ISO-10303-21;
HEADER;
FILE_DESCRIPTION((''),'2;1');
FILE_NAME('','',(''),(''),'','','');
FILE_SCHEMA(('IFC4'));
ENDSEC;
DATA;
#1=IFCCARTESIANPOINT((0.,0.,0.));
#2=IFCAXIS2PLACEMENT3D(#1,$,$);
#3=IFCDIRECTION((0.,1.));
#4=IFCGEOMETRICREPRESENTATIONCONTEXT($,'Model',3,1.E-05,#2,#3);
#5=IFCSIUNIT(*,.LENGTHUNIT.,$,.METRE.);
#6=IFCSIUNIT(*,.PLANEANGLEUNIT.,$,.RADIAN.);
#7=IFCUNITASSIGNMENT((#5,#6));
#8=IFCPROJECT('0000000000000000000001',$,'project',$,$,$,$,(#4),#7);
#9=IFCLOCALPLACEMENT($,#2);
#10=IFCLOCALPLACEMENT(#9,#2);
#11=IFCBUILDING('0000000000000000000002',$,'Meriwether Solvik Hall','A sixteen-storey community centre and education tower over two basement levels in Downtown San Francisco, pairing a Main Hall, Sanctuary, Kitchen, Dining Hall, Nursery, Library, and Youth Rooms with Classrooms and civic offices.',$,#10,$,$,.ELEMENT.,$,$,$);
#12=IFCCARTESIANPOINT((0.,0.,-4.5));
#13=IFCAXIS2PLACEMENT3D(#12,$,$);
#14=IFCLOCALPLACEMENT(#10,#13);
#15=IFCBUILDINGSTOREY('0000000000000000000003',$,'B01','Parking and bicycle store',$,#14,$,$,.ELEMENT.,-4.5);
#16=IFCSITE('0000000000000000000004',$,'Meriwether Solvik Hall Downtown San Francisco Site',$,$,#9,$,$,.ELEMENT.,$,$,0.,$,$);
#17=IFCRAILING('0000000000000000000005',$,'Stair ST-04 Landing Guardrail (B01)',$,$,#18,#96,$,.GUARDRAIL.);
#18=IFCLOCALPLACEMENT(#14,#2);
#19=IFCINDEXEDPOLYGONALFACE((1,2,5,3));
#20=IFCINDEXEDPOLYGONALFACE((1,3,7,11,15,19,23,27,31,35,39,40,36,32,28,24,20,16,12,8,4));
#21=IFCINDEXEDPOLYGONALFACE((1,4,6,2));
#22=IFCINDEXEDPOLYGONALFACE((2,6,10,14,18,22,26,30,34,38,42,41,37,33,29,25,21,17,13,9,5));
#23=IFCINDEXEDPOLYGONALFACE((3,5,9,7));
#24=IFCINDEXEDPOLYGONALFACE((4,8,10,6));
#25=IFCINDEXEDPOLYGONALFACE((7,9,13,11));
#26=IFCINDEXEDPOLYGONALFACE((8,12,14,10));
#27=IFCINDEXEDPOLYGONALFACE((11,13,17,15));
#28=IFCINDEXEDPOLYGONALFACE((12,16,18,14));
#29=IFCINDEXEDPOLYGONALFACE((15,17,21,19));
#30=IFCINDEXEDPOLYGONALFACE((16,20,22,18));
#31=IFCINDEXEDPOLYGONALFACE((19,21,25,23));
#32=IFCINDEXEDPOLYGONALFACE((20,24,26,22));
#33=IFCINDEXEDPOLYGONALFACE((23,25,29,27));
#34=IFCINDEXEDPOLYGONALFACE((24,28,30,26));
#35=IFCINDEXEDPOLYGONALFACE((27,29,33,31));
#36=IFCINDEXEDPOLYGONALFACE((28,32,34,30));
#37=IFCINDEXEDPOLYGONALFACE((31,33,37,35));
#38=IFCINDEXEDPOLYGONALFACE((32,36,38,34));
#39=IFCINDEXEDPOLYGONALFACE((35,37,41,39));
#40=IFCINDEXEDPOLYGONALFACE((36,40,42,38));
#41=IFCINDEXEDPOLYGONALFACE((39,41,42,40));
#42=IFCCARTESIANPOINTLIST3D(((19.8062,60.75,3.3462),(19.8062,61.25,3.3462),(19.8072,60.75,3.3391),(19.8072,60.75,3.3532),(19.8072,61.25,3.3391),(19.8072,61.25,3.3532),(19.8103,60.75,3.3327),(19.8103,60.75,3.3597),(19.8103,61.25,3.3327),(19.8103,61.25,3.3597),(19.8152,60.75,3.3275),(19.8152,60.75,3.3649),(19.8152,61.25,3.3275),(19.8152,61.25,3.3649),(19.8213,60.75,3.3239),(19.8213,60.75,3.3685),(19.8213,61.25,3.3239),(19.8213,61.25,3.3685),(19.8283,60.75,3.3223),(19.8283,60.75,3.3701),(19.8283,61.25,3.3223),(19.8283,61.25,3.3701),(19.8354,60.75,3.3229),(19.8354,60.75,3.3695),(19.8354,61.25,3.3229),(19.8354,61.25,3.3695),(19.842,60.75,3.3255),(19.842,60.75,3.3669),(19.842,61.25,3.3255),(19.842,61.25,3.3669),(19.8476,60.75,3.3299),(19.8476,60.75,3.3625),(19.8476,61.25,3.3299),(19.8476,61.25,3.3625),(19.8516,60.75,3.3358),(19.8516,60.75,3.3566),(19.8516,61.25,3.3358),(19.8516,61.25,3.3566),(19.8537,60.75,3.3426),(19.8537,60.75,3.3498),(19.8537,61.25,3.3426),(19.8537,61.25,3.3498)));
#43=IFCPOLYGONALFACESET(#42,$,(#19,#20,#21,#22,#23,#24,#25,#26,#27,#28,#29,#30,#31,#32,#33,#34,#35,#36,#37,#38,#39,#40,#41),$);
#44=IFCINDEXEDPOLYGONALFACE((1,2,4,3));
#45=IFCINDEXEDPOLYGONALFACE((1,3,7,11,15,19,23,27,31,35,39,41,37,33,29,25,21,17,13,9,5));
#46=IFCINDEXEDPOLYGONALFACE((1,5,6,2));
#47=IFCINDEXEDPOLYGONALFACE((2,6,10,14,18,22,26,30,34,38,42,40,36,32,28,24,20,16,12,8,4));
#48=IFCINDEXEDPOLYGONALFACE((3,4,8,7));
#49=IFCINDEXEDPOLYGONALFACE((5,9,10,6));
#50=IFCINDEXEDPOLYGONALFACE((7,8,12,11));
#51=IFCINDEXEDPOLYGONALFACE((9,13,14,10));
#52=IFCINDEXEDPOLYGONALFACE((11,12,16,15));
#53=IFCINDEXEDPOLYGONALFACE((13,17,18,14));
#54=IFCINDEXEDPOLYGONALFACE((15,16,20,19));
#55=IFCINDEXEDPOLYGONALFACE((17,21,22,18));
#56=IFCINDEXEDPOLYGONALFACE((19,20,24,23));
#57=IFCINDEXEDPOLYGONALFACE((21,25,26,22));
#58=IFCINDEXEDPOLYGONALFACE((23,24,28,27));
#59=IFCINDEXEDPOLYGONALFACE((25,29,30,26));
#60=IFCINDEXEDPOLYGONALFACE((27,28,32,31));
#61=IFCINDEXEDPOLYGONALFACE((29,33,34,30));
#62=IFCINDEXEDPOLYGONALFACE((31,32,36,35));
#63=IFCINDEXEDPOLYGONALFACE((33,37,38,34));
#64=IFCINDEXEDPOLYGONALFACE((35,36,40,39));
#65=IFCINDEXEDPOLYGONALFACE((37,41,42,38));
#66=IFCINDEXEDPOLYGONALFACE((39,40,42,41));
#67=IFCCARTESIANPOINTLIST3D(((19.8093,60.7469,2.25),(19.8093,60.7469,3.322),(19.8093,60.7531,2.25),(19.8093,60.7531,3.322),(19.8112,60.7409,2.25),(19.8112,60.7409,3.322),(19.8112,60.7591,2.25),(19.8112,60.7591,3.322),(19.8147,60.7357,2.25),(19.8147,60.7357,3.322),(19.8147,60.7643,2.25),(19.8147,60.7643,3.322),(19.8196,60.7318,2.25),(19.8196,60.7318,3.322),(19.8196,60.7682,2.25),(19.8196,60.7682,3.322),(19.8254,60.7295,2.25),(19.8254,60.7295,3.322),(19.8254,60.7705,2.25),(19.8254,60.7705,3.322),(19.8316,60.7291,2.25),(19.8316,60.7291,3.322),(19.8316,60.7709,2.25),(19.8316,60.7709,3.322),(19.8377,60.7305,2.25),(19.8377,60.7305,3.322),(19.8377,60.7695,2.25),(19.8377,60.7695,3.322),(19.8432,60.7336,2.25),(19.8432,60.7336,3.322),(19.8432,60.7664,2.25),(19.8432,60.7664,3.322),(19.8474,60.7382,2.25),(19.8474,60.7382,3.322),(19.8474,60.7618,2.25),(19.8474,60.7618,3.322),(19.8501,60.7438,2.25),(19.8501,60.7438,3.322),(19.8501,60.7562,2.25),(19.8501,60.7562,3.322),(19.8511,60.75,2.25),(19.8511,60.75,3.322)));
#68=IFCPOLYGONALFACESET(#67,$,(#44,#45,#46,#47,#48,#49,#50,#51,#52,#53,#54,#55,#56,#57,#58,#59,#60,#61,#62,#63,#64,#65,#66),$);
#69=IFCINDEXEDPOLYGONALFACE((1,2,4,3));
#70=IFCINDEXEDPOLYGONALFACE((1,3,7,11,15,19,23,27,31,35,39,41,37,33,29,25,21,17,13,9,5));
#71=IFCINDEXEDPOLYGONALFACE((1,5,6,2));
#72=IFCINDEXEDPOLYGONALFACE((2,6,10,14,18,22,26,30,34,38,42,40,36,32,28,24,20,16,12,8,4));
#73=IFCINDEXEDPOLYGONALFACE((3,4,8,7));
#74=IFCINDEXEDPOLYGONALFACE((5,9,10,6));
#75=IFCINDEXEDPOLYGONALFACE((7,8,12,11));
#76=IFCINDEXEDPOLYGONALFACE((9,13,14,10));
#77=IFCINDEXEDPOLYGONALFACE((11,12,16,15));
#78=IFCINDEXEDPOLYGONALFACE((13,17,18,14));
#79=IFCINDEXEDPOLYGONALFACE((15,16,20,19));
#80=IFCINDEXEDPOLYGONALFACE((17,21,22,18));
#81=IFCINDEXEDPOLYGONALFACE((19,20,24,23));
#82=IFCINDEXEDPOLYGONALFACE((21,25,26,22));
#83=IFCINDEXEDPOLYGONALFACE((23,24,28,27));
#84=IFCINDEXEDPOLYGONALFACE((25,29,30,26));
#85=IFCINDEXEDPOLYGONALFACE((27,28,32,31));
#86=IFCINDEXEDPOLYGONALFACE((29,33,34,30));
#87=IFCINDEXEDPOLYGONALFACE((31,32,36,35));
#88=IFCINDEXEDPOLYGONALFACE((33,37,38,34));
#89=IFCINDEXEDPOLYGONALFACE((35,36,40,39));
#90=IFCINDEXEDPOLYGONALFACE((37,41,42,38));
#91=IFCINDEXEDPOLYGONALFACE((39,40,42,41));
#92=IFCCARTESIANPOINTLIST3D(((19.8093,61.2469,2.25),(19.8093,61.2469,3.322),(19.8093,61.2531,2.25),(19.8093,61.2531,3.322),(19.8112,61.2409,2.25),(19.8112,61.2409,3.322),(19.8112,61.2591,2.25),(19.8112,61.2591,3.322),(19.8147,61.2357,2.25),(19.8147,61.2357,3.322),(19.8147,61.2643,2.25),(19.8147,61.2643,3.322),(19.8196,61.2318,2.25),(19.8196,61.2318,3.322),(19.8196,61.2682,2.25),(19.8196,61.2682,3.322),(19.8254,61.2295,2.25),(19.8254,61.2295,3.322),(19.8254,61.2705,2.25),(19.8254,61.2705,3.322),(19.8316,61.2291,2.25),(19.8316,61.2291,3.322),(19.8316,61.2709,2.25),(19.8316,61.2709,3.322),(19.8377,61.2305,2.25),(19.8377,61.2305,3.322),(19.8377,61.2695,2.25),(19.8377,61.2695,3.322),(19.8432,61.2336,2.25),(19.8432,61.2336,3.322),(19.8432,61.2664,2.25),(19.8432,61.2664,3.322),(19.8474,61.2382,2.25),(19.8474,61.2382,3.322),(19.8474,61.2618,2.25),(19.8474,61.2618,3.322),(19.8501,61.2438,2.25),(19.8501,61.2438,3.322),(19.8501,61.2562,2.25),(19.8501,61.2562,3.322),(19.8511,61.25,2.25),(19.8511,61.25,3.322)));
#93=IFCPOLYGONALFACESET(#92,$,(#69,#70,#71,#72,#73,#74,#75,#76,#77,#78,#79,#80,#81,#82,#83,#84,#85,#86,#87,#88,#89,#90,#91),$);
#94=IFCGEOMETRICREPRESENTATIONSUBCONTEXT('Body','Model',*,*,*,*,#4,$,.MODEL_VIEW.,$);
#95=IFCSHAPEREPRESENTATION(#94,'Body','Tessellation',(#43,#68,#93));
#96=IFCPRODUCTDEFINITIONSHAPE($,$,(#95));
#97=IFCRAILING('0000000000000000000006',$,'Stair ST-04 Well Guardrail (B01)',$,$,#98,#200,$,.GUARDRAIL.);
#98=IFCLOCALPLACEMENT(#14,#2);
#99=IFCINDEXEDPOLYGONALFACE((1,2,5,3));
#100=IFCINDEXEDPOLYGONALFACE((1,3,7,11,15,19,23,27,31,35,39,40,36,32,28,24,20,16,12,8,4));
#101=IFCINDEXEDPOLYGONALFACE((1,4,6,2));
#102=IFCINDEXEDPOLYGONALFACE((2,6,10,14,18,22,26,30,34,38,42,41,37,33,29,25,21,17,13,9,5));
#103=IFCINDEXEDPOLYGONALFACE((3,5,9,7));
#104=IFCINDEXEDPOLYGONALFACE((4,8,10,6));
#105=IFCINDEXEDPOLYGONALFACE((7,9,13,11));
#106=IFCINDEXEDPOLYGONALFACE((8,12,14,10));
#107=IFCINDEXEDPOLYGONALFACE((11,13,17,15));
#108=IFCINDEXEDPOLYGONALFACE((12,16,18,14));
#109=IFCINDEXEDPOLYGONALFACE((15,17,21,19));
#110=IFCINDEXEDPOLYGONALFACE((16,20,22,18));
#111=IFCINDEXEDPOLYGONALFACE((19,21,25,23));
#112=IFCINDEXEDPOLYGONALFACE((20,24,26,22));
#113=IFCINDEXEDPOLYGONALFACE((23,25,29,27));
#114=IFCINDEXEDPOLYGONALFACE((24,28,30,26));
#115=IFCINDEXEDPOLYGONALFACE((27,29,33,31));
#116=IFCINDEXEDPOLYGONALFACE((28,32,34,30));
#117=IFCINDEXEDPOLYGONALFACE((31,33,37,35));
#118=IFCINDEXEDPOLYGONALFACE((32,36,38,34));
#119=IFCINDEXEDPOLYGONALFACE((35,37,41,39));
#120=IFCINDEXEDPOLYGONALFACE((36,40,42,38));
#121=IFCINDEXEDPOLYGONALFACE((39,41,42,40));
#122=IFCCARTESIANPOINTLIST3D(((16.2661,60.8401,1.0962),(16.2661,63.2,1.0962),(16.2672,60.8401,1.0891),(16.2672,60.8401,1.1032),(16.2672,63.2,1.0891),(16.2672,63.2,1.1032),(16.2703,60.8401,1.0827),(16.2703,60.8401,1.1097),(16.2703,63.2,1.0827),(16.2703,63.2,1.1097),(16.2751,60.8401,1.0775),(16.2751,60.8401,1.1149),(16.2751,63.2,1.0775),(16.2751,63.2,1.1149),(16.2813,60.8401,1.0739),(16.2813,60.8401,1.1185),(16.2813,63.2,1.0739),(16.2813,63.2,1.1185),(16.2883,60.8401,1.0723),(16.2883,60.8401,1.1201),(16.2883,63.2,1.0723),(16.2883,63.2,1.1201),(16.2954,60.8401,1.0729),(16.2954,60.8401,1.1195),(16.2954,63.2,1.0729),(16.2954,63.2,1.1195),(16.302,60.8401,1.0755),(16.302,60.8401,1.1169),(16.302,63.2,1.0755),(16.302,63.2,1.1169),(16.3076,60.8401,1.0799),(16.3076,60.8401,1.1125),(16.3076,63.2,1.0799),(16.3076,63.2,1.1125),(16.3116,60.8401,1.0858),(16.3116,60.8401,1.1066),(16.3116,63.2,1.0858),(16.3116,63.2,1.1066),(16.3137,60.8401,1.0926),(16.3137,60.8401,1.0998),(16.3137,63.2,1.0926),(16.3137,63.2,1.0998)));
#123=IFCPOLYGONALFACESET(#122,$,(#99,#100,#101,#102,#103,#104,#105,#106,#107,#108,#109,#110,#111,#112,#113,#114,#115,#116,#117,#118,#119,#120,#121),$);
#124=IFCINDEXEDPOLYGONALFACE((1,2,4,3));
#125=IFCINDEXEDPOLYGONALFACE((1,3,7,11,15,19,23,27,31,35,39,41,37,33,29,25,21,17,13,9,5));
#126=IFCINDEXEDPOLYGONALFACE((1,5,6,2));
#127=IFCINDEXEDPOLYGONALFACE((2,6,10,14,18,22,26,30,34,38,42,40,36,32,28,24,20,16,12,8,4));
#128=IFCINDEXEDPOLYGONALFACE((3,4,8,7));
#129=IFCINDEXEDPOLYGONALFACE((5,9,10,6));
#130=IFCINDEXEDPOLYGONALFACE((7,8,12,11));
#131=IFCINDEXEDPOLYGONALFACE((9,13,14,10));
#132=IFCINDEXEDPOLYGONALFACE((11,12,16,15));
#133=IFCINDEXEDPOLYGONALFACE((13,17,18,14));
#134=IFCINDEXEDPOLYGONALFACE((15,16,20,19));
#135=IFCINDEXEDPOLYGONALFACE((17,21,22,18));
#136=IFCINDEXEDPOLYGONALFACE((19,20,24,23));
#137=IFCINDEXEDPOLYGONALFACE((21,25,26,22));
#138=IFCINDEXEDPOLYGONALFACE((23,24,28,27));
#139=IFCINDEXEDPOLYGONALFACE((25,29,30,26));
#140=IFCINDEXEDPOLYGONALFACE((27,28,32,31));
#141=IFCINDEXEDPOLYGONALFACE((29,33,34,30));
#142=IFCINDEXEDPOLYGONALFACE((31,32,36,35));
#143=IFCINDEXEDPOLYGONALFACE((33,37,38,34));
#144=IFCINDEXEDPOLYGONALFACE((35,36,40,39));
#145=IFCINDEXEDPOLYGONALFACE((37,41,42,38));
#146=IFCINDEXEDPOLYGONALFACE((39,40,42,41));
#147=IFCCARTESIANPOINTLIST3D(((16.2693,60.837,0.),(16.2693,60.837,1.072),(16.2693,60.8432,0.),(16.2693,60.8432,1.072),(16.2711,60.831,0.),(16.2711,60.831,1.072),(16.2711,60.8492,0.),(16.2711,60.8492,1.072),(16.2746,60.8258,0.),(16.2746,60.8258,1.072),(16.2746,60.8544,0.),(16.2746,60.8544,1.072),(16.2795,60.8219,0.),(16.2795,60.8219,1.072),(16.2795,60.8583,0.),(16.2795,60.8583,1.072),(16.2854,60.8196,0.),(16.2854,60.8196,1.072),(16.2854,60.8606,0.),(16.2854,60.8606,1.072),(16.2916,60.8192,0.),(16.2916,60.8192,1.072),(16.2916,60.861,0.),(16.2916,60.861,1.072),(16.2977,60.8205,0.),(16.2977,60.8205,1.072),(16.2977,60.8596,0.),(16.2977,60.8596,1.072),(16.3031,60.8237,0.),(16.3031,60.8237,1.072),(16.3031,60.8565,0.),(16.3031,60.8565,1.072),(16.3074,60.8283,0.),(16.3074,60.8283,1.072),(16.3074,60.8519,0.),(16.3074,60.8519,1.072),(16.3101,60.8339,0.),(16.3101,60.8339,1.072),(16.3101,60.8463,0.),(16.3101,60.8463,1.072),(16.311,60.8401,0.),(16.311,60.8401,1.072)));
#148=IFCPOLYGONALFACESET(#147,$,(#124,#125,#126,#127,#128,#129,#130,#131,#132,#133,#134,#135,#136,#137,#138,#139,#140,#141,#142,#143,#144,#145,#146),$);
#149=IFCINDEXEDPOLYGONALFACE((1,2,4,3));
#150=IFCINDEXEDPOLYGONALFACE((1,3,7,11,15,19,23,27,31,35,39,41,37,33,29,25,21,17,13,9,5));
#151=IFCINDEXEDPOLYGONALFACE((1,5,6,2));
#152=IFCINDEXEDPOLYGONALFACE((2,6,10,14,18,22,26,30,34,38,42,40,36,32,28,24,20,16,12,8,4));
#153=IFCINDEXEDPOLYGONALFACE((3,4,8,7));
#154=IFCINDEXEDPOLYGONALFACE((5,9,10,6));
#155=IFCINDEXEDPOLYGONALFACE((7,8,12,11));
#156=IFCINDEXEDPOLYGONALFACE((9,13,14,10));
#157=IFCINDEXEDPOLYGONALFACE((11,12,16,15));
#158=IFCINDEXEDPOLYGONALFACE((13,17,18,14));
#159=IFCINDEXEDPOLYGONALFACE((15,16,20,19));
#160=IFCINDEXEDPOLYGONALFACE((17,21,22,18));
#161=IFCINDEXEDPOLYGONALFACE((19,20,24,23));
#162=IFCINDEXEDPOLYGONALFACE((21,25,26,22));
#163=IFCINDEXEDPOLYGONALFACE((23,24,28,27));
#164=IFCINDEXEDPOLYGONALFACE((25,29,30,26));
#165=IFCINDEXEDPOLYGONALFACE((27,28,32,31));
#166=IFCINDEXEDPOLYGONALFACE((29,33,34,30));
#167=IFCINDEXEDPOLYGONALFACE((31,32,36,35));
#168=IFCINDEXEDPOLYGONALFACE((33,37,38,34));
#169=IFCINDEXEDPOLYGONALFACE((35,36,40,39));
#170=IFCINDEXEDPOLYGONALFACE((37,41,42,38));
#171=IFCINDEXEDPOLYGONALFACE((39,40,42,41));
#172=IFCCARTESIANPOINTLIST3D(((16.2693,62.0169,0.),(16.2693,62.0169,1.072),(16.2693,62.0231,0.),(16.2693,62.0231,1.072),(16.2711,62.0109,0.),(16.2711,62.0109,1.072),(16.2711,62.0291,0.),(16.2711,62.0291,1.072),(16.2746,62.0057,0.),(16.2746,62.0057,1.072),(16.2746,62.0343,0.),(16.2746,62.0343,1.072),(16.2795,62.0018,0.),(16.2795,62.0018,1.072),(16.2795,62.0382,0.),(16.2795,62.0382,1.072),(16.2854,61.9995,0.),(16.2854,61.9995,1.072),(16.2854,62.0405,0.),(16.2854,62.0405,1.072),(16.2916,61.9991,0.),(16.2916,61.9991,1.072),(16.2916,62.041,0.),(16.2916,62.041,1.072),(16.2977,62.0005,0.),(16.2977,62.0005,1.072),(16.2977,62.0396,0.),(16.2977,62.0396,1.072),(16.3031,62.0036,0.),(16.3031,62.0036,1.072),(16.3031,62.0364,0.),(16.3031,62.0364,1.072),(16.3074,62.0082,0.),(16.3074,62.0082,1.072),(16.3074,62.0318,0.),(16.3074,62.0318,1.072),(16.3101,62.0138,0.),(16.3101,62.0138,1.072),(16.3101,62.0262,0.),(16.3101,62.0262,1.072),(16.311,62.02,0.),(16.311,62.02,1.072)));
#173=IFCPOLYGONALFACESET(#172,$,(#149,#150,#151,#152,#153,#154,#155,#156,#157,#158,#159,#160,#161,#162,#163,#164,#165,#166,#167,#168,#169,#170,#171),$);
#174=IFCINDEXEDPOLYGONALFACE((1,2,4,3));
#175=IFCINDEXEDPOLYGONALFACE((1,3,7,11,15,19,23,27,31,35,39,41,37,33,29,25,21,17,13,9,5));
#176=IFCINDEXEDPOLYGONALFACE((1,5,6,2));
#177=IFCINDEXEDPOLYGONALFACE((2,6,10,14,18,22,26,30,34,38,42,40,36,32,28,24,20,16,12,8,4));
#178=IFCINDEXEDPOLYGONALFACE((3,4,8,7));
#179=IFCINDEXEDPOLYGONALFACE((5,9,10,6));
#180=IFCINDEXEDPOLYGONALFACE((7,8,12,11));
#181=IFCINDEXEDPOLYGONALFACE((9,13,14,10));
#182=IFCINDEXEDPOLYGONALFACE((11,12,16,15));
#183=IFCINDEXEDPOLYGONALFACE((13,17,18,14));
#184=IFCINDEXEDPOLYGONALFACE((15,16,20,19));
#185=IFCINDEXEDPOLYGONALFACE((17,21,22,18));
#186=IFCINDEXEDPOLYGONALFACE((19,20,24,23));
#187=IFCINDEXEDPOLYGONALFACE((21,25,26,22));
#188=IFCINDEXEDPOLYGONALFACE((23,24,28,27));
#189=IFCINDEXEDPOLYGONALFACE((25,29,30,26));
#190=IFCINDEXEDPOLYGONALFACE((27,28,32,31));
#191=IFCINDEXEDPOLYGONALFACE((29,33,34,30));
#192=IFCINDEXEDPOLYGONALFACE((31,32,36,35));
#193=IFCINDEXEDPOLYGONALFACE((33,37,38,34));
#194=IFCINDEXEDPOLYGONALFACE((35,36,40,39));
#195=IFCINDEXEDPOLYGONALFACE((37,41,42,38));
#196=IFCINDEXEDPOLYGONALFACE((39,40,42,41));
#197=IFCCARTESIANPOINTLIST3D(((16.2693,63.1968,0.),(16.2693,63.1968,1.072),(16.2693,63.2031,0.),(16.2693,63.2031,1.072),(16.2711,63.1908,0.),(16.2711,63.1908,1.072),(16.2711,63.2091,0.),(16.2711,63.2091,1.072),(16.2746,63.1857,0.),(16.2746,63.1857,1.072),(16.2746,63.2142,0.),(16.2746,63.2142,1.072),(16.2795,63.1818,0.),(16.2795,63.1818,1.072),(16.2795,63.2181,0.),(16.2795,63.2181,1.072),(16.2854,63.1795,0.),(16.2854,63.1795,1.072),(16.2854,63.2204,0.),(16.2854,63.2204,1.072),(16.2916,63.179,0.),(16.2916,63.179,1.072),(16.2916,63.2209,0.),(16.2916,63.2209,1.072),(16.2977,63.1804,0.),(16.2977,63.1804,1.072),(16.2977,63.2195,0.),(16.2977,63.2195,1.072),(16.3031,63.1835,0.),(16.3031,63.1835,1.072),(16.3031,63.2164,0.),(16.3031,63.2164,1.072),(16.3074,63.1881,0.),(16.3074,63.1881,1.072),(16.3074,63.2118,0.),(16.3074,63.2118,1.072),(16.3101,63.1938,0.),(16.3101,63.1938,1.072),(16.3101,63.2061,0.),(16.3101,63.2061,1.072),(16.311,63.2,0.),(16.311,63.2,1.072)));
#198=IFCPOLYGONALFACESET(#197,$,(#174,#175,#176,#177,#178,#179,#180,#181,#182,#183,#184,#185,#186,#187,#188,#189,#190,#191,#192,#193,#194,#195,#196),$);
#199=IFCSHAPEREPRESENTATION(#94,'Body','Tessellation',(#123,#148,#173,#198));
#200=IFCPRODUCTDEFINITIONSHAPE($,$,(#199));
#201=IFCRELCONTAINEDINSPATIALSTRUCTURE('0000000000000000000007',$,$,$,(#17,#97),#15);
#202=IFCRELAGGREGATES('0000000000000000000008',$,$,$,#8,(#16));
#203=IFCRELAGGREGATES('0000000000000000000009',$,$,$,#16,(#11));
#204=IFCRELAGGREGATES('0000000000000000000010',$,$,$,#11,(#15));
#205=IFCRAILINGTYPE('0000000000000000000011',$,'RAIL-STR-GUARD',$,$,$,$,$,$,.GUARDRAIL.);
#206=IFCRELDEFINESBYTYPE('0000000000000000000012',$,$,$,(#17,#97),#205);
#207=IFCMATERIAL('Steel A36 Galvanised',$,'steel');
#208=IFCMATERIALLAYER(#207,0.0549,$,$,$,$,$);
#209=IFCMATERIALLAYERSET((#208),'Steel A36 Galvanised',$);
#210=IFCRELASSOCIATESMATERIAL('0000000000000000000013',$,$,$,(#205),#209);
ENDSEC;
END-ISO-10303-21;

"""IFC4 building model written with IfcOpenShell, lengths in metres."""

from ifc_helpers import new_model, si_unit, direction, frame, origin, origin_2d, place, context, subcontext, project, spatial, circle, extrude, material, layer, layer_set, type_object, element, save


model = new_model("IFC4")

# Units and contexts
model_context = context("Model", 3, precision=1e-05, world=origin(), true_north=direction((0.0, 1.0)))
body_context = subcontext(model_context, "Body", "Model", "MODEL_VIEW")
ifc_project = project(units=[si_unit("LENGTHUNIT", "METRE"), si_unit("PLANEANGLEUNIT", "RADIAN")], contexts=[model_context])

# Site, building, storey
site_placement = place(None, origin())
site = spatial("IfcSite", under=ifc_project, at=site_placement, Name="Meriwether Solvik Hall Downtown San Francisco Site", CompositionType="ELEMENT", RefElevation=0.0)
building_placement = place(site_placement, origin())
building = spatial("IfcBuilding", under=site, at=building_placement, Name="Meriwether Solvik Hall", Description="A sixteen-storey community centre and education tower over two basement levels in Downtown San Francisco, pairing a Main Hall, Sanctuary, Kitchen, Dining Hall, Nursery, Library, and Youth Rooms with Classrooms and civic offices.", CompositionType="ELEMENT")
storey_placement = place(building_placement, frame((0.0, 0.0, -4.5)))
storey = spatial("IfcBuildingStorey", under=building, at=storey_placement, Name="B01", Description="Parking and bicycle store", CompositionType="ELEMENT", Elevation=-4.5)

# Railings
ifc_material_1 = material(Name="Steel A36 Galvanised", Category="steel")
ifc_layer_1 = layer(ifc_material_1, 0.0549)
ifc_layer_set_1 = layer_set([ifc_layer_1], Name="Steel A36 Galvanised")
railing_type_1 = type_object("IfcRailingType", Name="RAIL-STR-GUARD", PredefinedType="GUARDRAIL", material=ifc_layer_set_1)
railing_1_placement = place(storey_placement, frame((19.8301, 60.75, 2.25)))
element("IfcRailing", 1, at=railing_1_placement, inside=storey, type_object=railing_type_1, Name="Stair ST-04 Landing Guardrail (B01)", PredefinedType="GUARDRAIL", context=body_context, shape_type="SweptSolid", body=[
    extrude(circle(Radius=0.0239, at=origin_2d()), frame((0.0, 0.0, 1.0962), z_axis=(0.0, 1.0, 0.0), x_axis=(-1.0, 0.0, 0.0)), (0.0, 0.0, 1.0), 0.5),
    extrude(circle(Radius=0.021, at=origin_2d()), origin(), (0.0, 0.0, 1.0), 1.072),
    extrude(circle(Radius=0.021, at=origin_2d()), frame((0.0, 0.5, 0.0)), (0.0, 0.0, 1.0), 1.072),
])
railing_2_placement = place(storey_placement, frame((16.29, 60.8401, 0.0)))
element("IfcRailing", 2, at=railing_2_placement, inside=storey, type_object=railing_type_1, Name="Stair ST-04 Well Guardrail (B01)", PredefinedType="GUARDRAIL", context=body_context, shape_type="SweptSolid", body=[
    extrude(circle(Radius=0.0239, at=origin_2d()), frame((0.0, 0.0, 1.0962), z_axis=(0.0, 1.0, 0.0), x_axis=(-1.0, 0.0, 0.0)), (0.0, 0.0, 1.0), 2.3599),
    extrude(circle(Radius=0.021, at=origin_2d()), origin(), (0.0, 0.0, 1.0), 1.072),
    extrude(circle(Radius=0.021, at=origin_2d()), frame((0.0, 1.1799, 0.0)), (0.0, 0.0, 1.0), 1.072),
    extrude(circle(Radius=0.021, at=origin_2d()), frame((0.0, 2.3599, 0.0)), (0.0, 0.0, 1.0), 1.072),
])

save(model, "model.ifc")
